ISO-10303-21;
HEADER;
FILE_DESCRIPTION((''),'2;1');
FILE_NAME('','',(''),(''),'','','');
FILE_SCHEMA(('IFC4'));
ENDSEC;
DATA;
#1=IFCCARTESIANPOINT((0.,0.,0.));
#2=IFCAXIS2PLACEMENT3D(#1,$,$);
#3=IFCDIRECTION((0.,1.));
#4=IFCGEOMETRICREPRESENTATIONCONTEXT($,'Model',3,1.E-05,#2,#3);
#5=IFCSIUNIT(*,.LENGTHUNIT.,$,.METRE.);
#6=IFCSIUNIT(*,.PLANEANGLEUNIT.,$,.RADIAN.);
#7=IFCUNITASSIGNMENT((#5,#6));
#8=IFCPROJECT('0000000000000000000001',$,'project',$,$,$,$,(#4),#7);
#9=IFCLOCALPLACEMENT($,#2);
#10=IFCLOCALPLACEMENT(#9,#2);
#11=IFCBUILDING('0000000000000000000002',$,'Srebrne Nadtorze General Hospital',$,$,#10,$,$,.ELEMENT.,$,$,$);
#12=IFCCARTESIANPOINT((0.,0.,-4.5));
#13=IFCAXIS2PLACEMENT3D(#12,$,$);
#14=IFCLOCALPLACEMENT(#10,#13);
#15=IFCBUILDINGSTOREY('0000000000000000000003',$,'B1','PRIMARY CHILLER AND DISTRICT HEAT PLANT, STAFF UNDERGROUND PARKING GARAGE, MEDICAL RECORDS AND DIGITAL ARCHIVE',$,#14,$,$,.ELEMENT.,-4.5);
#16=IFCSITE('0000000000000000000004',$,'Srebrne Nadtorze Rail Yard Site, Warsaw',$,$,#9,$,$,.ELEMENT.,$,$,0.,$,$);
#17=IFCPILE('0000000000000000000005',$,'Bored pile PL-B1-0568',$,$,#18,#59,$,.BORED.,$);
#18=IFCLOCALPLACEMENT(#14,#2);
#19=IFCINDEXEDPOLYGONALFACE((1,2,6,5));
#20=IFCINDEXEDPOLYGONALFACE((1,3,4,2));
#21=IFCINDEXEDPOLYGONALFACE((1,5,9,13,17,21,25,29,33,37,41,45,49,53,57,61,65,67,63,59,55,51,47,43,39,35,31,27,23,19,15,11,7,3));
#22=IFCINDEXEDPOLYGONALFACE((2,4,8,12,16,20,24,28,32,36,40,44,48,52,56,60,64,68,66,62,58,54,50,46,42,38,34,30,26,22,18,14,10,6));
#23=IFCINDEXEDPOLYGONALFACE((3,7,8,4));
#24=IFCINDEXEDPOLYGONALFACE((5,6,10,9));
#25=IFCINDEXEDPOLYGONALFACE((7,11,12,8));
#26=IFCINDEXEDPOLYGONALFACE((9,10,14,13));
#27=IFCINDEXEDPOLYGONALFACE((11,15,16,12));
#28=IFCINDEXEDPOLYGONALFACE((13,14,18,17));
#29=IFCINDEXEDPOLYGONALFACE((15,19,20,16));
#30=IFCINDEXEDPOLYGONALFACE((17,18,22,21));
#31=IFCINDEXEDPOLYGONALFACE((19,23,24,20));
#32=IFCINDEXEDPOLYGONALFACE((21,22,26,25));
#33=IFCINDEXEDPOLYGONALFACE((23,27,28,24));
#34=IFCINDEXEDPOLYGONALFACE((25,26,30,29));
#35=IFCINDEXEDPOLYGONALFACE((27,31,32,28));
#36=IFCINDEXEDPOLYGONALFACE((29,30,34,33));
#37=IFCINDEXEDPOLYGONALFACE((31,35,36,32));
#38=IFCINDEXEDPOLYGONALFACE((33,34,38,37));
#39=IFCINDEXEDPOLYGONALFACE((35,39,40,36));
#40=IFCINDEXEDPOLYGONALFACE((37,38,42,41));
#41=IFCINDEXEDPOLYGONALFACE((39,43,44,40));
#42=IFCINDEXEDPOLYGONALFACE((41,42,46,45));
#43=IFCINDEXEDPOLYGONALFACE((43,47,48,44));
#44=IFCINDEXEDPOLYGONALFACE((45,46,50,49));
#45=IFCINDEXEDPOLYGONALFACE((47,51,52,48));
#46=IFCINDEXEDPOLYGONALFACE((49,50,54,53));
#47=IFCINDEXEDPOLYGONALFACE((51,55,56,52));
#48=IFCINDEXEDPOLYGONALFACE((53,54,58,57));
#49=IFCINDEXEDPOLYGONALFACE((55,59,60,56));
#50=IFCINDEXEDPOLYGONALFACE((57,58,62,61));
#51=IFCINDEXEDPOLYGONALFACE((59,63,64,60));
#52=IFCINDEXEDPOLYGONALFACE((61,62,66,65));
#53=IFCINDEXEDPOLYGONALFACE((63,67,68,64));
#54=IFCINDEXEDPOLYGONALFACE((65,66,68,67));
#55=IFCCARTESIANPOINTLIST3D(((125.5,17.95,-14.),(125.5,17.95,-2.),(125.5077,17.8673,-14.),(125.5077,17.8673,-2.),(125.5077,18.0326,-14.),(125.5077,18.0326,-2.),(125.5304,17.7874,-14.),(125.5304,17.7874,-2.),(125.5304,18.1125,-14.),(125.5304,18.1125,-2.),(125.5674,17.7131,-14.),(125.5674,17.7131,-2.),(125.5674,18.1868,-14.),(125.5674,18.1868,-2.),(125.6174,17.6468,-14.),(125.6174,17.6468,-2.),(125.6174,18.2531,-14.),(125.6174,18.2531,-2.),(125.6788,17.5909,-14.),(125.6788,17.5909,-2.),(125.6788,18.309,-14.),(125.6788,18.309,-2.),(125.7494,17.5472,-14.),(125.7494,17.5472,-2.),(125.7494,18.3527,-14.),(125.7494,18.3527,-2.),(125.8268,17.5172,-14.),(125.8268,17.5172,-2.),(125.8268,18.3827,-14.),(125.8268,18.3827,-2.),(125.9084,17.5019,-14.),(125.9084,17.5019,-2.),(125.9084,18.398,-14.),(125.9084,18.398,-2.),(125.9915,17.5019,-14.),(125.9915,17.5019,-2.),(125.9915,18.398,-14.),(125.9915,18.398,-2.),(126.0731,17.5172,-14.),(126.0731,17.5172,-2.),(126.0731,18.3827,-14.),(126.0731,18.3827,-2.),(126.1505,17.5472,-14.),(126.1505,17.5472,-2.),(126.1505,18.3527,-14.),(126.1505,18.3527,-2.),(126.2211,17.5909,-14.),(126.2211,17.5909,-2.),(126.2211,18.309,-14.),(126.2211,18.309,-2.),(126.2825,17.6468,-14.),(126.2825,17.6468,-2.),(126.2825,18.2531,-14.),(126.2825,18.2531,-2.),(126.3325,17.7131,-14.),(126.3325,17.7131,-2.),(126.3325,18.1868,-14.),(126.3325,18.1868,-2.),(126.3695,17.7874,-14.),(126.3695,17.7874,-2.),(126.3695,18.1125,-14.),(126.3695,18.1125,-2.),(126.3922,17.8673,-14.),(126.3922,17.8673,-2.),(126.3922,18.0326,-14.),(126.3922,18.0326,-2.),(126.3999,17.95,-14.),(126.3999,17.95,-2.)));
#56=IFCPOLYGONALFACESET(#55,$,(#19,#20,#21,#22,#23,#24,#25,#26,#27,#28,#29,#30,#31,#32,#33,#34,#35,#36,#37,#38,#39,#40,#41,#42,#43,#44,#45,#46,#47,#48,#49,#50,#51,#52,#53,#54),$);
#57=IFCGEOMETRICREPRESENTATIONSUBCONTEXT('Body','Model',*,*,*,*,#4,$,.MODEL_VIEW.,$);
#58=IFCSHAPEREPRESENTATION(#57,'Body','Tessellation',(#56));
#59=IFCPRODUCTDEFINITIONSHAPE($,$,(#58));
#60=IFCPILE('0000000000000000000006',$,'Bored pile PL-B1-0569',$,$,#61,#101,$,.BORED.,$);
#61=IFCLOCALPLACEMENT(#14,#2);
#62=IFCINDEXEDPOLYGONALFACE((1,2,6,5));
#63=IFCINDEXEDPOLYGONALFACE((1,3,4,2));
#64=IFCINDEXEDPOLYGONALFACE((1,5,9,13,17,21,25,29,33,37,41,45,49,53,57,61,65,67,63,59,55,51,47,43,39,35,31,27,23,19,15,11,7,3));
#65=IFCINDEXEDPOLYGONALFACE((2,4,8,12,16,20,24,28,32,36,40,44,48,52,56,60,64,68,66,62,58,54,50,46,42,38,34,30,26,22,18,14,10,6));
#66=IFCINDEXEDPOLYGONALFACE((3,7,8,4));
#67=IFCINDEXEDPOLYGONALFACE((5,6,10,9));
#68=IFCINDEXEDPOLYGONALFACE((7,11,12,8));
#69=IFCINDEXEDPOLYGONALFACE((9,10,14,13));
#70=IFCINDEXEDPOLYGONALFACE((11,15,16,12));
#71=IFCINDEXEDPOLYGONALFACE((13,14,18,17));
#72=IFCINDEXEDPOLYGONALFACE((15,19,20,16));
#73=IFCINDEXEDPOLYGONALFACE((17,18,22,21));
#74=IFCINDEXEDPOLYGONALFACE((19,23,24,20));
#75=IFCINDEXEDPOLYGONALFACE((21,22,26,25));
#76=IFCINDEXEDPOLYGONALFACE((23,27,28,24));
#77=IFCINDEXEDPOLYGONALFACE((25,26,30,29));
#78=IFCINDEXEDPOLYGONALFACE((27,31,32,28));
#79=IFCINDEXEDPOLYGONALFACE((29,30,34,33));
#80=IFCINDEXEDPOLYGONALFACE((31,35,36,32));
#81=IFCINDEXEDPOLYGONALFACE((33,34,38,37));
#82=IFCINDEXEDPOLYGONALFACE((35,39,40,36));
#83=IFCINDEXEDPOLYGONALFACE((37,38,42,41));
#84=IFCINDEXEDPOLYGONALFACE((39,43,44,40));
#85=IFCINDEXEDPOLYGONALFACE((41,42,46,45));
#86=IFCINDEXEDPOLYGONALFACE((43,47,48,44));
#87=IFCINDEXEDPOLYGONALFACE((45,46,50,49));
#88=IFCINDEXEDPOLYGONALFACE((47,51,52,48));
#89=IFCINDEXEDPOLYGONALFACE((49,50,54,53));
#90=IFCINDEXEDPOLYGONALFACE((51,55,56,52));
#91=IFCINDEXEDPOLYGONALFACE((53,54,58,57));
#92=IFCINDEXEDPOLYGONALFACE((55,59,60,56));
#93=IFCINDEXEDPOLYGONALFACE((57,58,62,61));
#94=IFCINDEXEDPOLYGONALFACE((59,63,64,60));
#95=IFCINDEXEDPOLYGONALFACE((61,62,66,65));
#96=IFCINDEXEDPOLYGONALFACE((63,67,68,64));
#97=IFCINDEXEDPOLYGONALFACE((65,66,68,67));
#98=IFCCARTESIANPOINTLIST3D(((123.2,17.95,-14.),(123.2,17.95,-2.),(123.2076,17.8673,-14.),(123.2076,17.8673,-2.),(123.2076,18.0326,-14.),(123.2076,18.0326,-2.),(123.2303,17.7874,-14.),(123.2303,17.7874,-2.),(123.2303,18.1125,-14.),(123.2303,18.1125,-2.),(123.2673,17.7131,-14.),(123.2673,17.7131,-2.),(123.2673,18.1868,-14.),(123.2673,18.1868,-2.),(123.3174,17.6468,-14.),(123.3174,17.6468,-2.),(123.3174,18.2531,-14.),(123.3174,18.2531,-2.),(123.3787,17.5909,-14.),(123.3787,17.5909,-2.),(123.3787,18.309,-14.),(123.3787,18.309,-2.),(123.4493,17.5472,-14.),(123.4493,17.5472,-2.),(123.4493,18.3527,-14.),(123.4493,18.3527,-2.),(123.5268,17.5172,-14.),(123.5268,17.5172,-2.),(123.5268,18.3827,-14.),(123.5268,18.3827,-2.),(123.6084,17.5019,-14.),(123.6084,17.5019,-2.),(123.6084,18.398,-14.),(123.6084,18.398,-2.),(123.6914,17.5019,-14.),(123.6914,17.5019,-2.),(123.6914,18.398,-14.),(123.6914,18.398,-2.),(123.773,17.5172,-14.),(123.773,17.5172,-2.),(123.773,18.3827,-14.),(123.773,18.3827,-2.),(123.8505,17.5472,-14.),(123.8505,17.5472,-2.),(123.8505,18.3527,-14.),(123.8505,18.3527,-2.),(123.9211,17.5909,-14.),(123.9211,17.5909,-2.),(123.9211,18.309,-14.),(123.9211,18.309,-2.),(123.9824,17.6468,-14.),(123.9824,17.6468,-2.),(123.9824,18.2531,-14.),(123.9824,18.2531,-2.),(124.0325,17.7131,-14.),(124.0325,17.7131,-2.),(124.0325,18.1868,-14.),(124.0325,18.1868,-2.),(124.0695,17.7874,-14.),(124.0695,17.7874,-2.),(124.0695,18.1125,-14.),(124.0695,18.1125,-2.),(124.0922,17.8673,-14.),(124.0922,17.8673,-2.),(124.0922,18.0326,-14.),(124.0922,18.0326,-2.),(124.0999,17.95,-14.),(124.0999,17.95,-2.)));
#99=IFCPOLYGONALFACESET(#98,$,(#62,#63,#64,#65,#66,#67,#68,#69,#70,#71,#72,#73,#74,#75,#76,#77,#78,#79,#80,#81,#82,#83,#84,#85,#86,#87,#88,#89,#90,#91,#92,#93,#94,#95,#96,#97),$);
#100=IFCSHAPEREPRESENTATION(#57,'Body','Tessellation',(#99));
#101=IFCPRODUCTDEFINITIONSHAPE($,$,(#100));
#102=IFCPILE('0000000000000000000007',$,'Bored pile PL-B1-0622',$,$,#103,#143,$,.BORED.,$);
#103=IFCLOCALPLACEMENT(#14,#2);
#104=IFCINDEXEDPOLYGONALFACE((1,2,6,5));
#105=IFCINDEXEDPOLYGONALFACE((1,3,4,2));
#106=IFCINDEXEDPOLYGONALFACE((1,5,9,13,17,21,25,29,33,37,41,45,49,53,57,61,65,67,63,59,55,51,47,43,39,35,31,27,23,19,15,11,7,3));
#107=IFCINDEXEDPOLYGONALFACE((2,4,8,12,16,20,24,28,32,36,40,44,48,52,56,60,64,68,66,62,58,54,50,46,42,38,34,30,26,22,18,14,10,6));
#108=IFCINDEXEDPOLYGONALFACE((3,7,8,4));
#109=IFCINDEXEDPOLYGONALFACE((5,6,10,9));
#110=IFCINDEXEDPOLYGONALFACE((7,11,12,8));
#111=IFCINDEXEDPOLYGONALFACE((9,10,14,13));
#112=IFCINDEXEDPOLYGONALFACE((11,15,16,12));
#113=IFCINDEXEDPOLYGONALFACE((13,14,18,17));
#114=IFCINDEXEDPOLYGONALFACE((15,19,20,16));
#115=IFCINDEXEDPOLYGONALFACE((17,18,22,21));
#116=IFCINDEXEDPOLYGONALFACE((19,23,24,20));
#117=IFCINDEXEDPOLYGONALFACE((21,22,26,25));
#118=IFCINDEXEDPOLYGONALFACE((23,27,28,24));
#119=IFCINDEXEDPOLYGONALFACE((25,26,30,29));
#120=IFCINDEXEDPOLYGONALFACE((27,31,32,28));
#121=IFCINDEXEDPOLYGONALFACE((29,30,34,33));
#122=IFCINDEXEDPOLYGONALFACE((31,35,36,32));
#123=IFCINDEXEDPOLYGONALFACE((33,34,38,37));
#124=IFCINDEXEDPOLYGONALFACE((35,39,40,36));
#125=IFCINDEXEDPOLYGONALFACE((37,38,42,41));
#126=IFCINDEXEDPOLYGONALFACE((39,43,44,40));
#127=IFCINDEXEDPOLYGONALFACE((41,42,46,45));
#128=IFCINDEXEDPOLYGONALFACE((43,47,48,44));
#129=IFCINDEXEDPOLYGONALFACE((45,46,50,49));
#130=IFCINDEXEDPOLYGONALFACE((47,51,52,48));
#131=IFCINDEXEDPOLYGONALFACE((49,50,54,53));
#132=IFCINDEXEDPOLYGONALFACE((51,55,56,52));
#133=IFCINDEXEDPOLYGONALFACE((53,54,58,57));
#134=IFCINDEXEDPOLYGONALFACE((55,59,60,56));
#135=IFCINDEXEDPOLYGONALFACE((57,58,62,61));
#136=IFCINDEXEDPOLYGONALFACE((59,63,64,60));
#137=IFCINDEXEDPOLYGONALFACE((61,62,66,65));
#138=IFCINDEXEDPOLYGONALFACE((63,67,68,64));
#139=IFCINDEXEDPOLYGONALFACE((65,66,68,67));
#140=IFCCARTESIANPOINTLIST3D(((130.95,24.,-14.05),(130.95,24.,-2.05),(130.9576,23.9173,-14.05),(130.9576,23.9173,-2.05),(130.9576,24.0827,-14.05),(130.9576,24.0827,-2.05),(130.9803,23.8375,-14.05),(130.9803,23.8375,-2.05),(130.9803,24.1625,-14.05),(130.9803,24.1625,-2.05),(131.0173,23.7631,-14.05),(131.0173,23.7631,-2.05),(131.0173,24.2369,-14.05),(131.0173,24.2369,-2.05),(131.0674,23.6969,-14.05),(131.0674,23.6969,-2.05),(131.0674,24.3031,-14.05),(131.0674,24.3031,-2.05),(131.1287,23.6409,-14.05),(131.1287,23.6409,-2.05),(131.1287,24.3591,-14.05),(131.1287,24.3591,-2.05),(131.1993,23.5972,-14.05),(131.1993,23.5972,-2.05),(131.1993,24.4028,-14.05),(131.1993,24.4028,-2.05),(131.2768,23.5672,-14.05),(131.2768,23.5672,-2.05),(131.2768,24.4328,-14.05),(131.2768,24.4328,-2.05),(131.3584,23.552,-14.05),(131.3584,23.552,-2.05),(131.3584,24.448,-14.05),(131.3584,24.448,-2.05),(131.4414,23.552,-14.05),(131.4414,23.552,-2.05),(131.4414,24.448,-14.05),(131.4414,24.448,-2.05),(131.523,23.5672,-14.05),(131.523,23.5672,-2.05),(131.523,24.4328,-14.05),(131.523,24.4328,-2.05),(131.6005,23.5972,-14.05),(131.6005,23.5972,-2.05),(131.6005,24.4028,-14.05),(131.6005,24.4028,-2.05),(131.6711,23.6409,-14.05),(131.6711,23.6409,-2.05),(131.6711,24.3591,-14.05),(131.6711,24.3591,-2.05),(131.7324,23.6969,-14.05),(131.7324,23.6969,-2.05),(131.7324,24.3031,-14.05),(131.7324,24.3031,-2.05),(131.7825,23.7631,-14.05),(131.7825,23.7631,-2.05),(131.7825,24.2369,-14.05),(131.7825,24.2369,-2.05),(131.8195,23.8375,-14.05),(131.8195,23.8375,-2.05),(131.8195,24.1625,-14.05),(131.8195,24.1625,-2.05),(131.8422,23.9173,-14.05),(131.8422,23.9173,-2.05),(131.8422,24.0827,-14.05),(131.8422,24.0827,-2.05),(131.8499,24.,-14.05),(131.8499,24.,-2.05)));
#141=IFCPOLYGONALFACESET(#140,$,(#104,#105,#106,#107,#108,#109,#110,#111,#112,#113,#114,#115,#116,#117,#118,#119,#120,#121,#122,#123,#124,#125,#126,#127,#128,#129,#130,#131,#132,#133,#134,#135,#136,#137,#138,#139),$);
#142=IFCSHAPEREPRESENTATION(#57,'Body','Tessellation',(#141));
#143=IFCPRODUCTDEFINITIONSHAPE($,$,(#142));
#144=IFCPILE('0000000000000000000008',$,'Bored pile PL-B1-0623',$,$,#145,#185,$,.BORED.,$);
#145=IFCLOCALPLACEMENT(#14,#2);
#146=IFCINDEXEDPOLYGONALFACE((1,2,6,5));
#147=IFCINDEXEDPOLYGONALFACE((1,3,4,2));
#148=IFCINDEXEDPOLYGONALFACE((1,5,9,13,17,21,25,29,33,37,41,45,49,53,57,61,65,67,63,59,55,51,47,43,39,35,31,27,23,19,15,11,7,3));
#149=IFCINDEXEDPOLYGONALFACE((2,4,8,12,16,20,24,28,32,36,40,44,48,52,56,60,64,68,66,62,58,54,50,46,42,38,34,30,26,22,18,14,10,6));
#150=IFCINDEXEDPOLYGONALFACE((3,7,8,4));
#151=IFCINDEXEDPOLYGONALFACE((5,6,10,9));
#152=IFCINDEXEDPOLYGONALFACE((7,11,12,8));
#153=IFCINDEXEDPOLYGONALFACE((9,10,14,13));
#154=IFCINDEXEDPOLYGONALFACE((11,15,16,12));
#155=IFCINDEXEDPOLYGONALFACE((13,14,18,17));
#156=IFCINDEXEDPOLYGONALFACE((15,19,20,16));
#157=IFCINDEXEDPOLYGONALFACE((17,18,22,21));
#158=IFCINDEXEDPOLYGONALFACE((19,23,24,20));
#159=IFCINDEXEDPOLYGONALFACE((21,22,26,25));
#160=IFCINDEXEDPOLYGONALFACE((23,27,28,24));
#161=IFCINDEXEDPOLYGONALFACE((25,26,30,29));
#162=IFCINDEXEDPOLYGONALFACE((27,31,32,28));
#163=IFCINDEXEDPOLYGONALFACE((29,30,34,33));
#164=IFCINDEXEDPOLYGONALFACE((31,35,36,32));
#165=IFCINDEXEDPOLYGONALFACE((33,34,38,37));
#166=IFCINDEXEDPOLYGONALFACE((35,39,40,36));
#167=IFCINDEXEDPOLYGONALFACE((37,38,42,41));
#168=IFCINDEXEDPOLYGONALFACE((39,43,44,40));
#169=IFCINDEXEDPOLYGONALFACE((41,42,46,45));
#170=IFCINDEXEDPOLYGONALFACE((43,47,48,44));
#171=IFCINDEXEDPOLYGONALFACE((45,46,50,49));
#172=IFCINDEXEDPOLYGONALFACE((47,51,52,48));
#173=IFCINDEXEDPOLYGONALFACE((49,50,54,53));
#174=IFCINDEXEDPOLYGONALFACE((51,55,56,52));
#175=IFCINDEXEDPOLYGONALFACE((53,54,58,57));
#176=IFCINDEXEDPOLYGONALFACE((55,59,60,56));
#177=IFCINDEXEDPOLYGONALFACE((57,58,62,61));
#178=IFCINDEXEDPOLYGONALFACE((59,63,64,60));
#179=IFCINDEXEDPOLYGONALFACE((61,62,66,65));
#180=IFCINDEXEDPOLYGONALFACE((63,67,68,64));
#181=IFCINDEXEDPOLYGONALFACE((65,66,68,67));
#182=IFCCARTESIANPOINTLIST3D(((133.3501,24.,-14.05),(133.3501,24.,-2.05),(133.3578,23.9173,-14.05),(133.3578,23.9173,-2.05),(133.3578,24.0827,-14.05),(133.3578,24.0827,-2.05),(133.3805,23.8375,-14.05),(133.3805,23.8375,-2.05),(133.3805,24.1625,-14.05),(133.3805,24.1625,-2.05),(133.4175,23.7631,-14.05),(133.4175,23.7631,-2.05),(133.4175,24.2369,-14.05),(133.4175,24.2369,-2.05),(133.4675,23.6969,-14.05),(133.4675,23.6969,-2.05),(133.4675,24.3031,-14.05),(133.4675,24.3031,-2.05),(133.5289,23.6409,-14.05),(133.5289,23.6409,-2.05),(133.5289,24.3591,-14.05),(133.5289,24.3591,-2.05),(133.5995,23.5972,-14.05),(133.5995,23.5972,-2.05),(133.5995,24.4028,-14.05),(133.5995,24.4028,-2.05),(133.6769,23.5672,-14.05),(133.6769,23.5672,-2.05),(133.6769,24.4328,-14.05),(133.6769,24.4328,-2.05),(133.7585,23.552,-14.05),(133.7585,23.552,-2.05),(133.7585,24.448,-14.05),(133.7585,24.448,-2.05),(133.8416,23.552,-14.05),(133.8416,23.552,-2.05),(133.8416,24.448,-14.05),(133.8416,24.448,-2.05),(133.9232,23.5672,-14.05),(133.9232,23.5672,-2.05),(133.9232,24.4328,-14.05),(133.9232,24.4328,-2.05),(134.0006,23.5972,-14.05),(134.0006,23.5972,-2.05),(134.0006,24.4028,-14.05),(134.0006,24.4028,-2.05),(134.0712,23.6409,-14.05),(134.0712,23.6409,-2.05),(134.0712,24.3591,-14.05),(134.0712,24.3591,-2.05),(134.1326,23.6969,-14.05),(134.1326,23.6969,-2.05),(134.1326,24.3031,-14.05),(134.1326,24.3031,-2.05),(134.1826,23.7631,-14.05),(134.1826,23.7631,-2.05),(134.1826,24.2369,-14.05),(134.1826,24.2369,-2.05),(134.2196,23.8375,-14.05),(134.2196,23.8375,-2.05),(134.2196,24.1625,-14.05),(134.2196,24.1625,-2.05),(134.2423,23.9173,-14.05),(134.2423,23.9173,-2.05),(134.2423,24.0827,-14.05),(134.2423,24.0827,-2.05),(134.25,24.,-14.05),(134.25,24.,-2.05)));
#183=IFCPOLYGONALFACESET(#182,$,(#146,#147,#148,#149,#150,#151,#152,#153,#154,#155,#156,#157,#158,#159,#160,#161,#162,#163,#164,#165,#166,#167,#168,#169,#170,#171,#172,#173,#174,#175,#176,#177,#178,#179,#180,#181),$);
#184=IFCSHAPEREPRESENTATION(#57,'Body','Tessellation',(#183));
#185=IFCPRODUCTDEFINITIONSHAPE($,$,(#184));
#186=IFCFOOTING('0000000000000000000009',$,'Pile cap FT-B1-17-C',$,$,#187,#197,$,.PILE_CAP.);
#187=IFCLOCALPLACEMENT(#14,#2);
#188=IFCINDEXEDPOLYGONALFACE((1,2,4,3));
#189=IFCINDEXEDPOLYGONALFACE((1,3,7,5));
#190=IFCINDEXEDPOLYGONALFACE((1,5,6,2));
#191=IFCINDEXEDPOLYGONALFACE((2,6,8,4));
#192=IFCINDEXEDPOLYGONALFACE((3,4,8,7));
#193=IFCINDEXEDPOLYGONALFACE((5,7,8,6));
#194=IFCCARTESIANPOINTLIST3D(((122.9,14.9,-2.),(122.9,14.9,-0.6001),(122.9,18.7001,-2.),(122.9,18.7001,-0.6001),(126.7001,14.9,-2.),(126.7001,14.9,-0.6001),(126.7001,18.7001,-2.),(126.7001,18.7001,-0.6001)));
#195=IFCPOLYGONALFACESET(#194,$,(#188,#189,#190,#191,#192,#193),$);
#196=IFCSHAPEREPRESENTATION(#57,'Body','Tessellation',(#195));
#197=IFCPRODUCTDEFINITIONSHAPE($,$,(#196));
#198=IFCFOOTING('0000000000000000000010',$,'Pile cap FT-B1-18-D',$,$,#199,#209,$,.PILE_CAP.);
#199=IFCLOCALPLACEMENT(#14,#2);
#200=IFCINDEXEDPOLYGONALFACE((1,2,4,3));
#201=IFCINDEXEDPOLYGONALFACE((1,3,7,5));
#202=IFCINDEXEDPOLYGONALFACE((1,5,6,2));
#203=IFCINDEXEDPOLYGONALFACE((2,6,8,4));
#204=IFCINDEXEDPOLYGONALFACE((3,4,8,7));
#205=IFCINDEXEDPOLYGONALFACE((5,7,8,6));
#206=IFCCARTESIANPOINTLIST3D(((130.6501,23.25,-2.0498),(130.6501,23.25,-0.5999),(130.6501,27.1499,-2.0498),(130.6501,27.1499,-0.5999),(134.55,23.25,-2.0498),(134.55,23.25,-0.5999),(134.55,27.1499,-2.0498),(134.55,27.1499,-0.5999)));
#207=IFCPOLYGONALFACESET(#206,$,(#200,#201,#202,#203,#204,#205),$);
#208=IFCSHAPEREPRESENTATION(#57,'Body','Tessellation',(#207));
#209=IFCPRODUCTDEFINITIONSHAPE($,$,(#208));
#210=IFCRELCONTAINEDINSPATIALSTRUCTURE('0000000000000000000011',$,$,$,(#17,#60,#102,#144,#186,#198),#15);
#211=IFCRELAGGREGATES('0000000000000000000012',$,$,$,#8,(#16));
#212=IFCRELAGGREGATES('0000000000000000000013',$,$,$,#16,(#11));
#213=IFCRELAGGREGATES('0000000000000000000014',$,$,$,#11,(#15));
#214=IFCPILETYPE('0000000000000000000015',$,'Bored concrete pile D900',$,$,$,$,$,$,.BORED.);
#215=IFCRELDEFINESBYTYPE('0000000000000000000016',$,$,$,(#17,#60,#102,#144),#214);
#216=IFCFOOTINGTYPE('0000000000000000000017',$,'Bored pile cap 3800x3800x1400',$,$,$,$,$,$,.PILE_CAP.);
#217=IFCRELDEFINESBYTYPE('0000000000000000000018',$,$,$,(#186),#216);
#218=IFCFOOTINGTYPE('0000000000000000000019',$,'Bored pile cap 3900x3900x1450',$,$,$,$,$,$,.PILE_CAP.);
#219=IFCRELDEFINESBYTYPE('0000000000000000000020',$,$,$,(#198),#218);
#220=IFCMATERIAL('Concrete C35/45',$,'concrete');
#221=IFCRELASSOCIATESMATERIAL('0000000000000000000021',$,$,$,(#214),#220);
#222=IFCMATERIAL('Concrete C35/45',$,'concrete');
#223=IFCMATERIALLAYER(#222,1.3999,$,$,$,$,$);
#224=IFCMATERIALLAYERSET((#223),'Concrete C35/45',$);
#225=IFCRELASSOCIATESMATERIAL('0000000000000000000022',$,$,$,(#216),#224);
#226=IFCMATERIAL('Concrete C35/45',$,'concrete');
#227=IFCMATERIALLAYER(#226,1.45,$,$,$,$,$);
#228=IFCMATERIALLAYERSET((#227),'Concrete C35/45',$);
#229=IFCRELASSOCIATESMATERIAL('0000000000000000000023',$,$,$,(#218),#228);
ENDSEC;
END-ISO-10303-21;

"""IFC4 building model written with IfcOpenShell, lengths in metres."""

from ifc_helpers import new_model, si_unit, direction, frame, origin, origin_2d, place, context, subcontext, project, spatial, rectangle, circle, extrude, material, layer, layer_set, material_profile, profile_set, type_object, element, save


model = new_model("IFC4")

# Units and contexts
model_context = context("Model", 3, precision=1e-05, world=origin(), true_north=direction((0.0, 1.0)))
body_context = subcontext(model_context, "Body", "Model", "MODEL_VIEW")
ifc_project = project(units=[si_unit("LENGTHUNIT", "METRE"), si_unit("PLANEANGLEUNIT", "RADIAN")], contexts=[model_context])

# Site, building, storey
site_placement = place(None, origin())
site = spatial("IfcSite", under=ifc_project, at=site_placement, Name="Srebrne Nadtorze Rail Yard Site, Warsaw", CompositionType="ELEMENT", RefElevation=0.0)
building_placement = place(site_placement, origin())
building = spatial("IfcBuilding", under=site, at=building_placement, Name="Srebrne Nadtorze General Hospital", CompositionType="ELEMENT")
storey_placement = place(building_placement, frame((0.0, 0.0, -4.5)))
storey = spatial("IfcBuildingStorey", under=building, at=storey_placement, Name="B1", Description="PRIMARY CHILLER AND DISTRICT HEAT PLANT, STAFF UNDERGROUND PARKING GARAGE, MEDICAL RECORDS AND DIGITAL ARCHIVE", CompositionType="ELEMENT", Elevation=-4.5)

# Piles
ifc_material_1 = material(Name="Concrete C35/45", Category="concrete")
ifc_material_profile_1 = material_profile(ifc_material_1, circle(Radius=0.45, at=origin_2d()), Name="PILE-D900")
ifc_profile_set_1 = profile_set([ifc_material_profile_1], Name="Concrete C35/45")
pile_type_1 = type_object("IfcPileType", Name="Bored concrete pile D900", PredefinedType="BORED", material=ifc_profile_set_1)
for number, where, z_axis, x_axis, name in (
    (1, (125.95, 17.95, -2.0), (0.0, 0.0, -1.0), (1.0, 0.0, 0.0), "Bored pile PL-B1-0568"),
    (2, (123.6499, 17.95, -2.0), (0.0, 0.0, -1.0), (1.0, 0.0, 0.0), "Bored pile PL-B1-0569"),
    (3, (131.3999, 24.0, -2.05), (0.0, 0.0, -1.0), (1.0, 0.0, 0.0), "Bored pile PL-B1-0622"),
    (4, (133.8, 24.0, -2.05), (0.0, 0.0, -1.0), (1.0, 0.0, 0.0), "Bored pile PL-B1-0623"),
):
    element("IfcPile", number, at=place(storey_placement, frame(where, z_axis=z_axis, x_axis=x_axis)), inside=storey, type_object=pile_type_1, Name=name, PredefinedType="BORED", context=body_context, shape_type="SweptSolid", body=[
        extrude(circle(Radius=0.45, at=origin_2d()), origin(), (0.0, 0.0, 1.0), 12.0),
    ])

# Footings
ifc_material_2 = material(Name="Concrete C35/45", Category="concrete")
ifc_layer_1 = layer(ifc_material_2, 1.3999)
ifc_layer_set_1 = layer_set([ifc_layer_1], Name="Concrete C35/45")
footing_type_1 = type_object("IfcFootingType", Name="Bored pile cap 3800x3800x1400", PredefinedType="PILE_CAP", material=ifc_layer_set_1)
footing_1_placement = place(storey_placement, frame((124.8, 16.8, -2.0), z_axis=(0.0, 0.0, 1.0), x_axis=(1.0, 0.0, 0.0)))
element("IfcFooting", 5, at=footing_1_placement, inside=storey, type_object=footing_type_1, Name="Pile cap FT-B1-17-C", PredefinedType="PILE_CAP", context=body_context, shape_type="SweptSolid", body=[
    extrude(rectangle(XDim=3.8, YDim=3.8, at=origin_2d()), origin(), (0.0, 0.0, 1.0), 1.3999),
])
ifc_material_3 = material(Name="Concrete C35/45", Category="concrete")
ifc_layer_2 = layer(ifc_material_3, 1.45)
ifc_layer_set_2 = layer_set([ifc_layer_2], Name="Concrete C35/45")
footing_type_2 = type_object("IfcFootingType", Name="Bored pile cap 3900x3900x1450", PredefinedType="PILE_CAP", material=ifc_layer_set_2)
footing_2_placement = place(storey_placement, frame((132.6001, 25.2, -2.0498), z_axis=(0.0, 0.0, 1.0), x_axis=(1.0, 0.0, 0.0)))
element("IfcFooting", 6, at=footing_2_placement, inside=storey, type_object=footing_type_2, Name="Pile cap FT-B1-18-D", PredefinedType="PILE_CAP", context=body_context, shape_type="SweptSolid", body=[
    extrude(rectangle(XDim=3.8999, YDim=3.8999, at=origin_2d()), origin(), (0.0, 0.0, 1.0), 1.45),
])

save(model, "model.ifc")
